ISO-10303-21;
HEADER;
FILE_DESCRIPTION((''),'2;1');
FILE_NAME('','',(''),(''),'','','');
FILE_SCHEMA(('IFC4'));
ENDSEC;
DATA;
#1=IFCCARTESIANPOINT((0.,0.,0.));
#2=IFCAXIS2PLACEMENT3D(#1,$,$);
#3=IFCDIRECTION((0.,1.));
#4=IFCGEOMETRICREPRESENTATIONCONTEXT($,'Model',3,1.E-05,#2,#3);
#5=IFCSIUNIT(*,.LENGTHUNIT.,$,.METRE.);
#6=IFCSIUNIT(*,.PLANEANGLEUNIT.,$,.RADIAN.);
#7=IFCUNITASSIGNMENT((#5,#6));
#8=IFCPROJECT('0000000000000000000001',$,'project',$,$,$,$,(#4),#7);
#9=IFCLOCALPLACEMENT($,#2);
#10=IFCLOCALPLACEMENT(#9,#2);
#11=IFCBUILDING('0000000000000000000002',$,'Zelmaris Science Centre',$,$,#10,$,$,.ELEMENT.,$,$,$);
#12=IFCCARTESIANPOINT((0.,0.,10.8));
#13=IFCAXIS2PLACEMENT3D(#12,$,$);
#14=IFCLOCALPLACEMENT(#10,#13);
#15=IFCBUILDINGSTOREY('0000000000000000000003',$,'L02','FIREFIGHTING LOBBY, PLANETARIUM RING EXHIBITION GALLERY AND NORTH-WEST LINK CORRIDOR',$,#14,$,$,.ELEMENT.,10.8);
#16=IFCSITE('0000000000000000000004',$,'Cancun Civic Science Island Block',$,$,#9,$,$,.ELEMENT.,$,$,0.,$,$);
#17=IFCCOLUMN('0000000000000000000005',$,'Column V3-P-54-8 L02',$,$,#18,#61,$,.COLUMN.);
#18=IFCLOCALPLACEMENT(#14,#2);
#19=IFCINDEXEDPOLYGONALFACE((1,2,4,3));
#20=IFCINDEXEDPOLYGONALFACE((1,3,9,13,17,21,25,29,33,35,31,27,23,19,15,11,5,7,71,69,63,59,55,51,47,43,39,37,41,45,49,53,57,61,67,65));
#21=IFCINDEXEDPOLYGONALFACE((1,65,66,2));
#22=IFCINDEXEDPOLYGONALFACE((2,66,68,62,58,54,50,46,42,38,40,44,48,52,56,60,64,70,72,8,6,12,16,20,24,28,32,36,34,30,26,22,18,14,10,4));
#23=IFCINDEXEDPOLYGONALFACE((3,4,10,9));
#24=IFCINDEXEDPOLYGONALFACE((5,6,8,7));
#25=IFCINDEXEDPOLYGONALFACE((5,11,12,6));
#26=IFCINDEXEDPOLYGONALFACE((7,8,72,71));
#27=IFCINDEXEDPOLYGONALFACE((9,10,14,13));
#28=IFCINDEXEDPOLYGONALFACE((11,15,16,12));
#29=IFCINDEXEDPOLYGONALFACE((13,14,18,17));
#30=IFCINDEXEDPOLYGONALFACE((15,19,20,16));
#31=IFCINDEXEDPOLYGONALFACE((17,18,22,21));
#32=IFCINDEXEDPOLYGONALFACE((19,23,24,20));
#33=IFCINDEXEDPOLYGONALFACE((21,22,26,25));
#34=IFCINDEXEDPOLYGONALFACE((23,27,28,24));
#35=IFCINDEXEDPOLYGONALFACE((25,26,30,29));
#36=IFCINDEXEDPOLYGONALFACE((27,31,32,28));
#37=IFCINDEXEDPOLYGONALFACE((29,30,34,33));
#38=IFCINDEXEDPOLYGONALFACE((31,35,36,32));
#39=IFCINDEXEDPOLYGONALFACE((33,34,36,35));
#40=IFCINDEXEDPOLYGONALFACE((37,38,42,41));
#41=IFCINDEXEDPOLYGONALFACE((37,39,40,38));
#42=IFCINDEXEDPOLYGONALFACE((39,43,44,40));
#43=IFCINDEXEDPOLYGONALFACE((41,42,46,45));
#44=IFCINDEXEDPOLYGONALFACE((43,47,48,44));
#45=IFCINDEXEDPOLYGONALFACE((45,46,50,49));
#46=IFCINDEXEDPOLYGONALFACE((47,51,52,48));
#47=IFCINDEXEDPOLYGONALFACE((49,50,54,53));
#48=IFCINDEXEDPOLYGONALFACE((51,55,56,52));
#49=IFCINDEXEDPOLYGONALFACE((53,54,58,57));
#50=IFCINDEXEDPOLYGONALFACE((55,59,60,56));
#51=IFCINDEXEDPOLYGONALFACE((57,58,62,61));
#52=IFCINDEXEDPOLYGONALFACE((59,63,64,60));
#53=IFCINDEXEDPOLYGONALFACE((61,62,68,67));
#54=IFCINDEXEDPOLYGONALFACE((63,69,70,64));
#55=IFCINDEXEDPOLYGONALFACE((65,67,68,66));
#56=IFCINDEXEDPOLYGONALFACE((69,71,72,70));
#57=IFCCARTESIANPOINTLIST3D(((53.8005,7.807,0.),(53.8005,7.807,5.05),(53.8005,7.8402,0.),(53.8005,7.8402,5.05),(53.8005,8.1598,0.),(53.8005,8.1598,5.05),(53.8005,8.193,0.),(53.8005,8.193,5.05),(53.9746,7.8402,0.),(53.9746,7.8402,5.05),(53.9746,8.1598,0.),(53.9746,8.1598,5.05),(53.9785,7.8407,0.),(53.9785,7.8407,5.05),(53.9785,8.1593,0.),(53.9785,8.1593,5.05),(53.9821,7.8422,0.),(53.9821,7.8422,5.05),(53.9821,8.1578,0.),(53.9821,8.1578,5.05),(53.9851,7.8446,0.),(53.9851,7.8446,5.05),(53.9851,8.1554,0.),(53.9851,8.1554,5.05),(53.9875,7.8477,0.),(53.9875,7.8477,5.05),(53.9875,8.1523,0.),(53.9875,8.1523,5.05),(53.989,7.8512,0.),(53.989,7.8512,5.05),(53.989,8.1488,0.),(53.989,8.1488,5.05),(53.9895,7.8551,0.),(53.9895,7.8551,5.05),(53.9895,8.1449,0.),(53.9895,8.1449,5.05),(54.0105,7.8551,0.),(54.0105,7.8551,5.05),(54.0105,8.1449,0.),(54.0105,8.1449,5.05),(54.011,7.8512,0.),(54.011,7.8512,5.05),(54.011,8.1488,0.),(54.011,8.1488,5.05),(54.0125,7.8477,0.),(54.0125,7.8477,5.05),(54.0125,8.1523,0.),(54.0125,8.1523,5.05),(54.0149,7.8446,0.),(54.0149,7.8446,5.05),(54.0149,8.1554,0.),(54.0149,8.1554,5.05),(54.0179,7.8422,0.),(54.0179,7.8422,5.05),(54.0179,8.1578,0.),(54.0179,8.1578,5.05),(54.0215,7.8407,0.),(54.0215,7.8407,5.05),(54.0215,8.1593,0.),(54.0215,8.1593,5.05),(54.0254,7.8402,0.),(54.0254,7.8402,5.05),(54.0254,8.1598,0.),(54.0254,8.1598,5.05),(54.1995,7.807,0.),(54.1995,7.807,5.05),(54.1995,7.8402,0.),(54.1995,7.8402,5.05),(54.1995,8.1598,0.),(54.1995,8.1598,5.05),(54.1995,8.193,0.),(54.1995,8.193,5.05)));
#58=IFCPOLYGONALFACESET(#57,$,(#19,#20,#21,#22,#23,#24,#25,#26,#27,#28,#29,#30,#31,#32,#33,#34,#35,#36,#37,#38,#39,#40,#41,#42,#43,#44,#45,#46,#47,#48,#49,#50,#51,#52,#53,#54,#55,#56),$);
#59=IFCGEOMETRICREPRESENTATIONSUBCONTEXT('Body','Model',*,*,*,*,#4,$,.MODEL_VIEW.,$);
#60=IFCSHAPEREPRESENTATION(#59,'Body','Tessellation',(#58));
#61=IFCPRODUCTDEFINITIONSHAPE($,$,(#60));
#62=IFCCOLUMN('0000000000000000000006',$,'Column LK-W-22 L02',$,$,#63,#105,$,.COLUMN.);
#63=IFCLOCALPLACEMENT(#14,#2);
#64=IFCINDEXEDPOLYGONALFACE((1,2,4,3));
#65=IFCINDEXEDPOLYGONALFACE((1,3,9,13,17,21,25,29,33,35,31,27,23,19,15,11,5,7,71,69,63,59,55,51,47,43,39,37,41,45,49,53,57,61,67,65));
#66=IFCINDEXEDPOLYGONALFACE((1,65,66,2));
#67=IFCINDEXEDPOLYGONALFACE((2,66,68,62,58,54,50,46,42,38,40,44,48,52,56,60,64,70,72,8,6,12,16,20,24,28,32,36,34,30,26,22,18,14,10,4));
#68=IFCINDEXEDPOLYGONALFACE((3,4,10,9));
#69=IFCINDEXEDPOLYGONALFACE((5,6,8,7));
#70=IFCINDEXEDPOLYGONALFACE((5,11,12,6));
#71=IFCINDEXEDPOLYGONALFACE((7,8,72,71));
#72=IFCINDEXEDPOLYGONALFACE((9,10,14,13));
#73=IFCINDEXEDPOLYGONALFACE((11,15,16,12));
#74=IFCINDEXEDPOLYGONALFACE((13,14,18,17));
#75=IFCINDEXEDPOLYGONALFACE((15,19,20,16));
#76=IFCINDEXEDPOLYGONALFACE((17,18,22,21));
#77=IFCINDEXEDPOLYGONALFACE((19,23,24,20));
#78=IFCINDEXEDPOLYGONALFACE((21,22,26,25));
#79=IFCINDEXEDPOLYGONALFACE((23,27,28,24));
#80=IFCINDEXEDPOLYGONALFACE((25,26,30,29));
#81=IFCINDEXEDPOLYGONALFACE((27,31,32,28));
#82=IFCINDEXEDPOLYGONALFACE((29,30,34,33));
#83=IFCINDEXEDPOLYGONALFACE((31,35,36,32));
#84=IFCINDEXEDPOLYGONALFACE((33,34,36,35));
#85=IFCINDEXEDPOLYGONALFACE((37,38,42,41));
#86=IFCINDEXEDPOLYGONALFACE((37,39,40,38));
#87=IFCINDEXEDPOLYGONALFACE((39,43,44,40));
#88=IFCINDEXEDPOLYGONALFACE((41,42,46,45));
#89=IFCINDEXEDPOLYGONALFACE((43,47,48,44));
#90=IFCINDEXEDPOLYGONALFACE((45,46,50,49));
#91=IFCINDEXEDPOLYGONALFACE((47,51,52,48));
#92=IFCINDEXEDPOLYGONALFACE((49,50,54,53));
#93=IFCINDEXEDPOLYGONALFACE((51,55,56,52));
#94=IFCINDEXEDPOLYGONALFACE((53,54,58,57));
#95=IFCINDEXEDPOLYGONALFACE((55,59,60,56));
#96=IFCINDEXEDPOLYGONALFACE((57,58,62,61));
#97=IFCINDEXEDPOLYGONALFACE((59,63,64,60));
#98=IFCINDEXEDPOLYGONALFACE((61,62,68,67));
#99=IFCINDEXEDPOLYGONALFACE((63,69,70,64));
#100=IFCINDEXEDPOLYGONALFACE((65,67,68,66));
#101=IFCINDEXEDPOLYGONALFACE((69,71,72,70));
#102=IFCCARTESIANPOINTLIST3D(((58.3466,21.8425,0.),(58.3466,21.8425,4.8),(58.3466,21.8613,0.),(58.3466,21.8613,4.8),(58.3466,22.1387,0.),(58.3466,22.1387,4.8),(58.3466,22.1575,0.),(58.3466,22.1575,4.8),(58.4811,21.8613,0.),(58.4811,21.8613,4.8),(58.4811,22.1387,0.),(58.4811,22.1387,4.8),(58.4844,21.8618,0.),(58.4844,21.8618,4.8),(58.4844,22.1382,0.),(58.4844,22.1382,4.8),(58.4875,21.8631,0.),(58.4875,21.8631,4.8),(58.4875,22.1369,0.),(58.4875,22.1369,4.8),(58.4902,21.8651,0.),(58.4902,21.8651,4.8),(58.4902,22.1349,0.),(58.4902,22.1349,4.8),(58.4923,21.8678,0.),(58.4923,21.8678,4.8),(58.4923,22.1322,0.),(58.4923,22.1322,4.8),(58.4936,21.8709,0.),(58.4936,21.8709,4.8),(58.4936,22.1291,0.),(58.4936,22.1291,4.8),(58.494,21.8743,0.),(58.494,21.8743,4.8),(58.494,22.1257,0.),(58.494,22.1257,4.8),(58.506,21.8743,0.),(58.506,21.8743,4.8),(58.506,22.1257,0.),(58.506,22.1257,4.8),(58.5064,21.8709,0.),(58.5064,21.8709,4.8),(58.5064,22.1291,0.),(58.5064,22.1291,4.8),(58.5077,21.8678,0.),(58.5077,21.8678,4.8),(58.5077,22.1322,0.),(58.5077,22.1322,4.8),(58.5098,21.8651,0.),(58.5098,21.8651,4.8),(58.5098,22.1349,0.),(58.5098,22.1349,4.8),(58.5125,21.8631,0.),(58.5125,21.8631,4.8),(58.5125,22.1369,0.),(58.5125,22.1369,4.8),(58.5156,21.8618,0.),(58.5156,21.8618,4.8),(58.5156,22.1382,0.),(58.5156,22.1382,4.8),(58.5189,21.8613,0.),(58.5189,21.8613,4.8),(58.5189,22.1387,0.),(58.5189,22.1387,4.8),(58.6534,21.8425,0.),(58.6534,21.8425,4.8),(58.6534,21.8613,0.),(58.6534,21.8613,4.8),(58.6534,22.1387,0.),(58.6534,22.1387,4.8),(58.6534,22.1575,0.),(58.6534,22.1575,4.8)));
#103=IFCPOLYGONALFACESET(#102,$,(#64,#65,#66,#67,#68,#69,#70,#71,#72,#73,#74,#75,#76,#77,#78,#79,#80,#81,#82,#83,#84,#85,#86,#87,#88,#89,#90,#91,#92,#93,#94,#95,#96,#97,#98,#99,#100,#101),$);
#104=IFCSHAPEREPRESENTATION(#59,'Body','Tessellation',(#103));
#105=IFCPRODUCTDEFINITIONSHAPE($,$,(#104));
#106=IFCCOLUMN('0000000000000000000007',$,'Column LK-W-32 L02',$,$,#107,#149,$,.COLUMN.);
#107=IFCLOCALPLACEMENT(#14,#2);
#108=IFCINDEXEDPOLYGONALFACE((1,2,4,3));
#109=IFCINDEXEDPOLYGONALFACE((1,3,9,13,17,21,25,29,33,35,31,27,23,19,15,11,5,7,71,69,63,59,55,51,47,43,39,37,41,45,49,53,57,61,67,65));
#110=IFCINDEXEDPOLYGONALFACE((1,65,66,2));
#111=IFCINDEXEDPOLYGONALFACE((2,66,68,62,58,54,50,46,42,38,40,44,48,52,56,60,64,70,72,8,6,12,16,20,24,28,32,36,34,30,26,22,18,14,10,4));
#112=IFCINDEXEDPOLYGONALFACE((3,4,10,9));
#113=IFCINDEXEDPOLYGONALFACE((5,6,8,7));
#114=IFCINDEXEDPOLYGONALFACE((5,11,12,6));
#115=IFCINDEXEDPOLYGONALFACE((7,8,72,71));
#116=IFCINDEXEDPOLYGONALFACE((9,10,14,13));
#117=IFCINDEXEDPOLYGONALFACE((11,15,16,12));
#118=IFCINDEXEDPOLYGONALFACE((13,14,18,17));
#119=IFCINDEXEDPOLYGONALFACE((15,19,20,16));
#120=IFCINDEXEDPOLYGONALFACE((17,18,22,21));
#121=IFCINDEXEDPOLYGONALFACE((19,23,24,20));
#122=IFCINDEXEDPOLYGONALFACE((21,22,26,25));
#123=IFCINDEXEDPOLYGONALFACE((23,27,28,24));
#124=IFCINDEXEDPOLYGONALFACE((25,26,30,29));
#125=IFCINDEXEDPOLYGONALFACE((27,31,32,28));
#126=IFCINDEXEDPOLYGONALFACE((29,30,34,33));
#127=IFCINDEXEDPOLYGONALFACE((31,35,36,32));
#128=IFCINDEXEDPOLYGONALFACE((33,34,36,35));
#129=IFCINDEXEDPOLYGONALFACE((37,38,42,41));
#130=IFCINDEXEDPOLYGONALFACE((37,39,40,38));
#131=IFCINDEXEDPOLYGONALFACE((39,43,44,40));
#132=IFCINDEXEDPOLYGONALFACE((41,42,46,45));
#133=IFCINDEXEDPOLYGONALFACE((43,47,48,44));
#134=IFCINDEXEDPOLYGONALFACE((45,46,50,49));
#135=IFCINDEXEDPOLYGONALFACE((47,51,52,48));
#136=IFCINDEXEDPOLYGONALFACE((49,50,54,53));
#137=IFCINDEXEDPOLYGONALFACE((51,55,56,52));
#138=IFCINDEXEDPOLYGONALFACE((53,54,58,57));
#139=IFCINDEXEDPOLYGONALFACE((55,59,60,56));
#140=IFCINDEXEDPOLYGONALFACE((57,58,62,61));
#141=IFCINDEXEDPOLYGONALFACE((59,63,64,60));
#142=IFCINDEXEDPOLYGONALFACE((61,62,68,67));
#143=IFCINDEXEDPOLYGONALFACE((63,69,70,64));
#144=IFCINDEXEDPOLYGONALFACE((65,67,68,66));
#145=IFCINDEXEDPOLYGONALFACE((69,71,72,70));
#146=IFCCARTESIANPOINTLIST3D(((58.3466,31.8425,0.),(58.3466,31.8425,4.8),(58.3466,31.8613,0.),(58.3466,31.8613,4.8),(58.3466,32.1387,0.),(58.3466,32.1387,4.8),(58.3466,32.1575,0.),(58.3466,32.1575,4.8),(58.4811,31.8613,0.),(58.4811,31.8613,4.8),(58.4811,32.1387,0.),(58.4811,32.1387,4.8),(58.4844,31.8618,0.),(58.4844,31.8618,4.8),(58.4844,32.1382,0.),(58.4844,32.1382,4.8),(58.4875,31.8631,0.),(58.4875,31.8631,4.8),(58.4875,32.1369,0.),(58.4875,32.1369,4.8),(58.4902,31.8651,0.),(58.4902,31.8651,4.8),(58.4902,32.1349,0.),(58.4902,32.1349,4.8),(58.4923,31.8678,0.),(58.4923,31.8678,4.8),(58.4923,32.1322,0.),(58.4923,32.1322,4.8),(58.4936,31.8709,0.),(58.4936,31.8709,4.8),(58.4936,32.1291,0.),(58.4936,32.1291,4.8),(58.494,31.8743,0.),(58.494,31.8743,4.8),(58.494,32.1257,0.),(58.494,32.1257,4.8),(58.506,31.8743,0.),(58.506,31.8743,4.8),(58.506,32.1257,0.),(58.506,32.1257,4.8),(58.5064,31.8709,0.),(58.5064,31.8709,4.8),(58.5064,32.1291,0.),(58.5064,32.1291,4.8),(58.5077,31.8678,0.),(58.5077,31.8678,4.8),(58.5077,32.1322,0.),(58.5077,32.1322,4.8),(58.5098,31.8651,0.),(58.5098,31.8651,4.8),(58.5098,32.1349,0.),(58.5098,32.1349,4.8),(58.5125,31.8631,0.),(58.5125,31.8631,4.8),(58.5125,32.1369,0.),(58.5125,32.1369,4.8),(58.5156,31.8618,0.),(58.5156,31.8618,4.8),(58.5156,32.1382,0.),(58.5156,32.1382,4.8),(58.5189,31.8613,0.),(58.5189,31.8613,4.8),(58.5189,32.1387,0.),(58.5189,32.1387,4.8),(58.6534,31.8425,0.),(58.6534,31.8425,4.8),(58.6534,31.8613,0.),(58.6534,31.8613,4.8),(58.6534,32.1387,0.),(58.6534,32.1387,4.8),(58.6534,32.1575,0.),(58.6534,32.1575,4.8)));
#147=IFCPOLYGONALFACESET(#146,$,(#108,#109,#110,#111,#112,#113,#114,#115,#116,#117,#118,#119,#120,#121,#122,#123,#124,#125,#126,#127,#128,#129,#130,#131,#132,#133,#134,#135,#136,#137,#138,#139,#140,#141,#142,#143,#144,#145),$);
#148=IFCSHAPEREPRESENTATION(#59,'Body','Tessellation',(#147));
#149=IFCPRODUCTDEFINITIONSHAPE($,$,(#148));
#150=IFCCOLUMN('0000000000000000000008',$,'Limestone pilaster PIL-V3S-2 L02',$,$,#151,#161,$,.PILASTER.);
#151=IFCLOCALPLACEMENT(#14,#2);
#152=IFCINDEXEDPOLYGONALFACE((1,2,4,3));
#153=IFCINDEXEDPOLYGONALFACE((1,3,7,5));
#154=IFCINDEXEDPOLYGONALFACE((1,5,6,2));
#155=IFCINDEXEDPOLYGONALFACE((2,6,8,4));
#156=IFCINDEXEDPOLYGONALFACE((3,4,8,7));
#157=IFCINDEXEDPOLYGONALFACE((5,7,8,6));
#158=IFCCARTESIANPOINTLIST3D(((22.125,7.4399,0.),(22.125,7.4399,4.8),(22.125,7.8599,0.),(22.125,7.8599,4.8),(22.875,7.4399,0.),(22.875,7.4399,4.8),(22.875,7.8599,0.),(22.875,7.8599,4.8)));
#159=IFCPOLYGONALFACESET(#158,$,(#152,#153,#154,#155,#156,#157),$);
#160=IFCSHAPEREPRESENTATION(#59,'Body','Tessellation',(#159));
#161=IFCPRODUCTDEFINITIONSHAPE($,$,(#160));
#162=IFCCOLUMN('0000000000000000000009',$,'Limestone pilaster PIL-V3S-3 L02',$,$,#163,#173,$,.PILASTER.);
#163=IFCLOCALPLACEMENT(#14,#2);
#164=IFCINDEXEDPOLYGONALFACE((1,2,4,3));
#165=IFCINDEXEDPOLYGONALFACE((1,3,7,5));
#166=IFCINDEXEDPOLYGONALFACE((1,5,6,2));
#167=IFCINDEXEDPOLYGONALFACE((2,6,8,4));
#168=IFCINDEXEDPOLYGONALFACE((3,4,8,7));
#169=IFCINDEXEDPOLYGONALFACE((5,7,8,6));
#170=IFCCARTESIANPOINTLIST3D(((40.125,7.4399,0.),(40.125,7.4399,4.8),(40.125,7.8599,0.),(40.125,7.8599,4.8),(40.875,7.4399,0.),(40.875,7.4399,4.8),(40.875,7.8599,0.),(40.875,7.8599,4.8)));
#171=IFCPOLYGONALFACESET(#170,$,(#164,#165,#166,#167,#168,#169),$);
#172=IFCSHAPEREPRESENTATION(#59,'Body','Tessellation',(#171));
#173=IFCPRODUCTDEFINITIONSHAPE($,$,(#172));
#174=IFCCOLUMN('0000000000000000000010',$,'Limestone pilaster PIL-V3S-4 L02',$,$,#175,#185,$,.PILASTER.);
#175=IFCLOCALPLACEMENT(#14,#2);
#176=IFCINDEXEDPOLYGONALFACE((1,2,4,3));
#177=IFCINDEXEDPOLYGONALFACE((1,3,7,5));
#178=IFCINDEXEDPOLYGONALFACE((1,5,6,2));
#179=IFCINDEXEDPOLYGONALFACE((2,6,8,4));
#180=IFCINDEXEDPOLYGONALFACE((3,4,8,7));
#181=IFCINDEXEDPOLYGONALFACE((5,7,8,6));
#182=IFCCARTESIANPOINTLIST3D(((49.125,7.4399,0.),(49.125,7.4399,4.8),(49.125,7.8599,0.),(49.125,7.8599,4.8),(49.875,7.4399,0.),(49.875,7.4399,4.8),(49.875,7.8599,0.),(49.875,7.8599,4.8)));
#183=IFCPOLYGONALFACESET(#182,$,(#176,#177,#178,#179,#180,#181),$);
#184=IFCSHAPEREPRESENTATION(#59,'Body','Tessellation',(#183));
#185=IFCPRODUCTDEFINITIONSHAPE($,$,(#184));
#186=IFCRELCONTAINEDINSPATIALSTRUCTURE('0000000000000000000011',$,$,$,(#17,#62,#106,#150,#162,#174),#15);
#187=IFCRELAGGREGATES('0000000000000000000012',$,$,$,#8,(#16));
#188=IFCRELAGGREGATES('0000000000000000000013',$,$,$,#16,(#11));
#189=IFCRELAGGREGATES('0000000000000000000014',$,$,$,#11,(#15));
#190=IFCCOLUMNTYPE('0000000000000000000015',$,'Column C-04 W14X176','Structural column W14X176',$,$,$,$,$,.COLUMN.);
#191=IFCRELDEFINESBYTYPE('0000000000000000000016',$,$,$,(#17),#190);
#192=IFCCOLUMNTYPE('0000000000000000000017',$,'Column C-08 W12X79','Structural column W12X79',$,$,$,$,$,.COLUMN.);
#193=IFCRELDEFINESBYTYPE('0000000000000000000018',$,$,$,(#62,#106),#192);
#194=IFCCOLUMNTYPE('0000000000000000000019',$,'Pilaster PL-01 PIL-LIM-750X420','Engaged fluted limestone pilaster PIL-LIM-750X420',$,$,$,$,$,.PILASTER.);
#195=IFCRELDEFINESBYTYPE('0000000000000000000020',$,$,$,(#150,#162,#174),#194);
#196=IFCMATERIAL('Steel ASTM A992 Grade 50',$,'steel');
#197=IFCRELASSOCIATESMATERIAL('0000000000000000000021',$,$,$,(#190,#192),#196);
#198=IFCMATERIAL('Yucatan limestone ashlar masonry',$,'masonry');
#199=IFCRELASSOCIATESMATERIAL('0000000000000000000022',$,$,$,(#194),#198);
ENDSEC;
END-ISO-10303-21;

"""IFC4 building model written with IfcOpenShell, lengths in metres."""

from ifc_helpers import new_model, si_unit, direction, frame, origin, origin_2d, place, context, subcontext, project, spatial, rectangle, i_section, extrude, material, material_profile, profile_set, type_object, element, save


model = new_model("IFC4")

# Units and contexts
model_context = context("Model", 3, precision=1e-05, world=origin(), true_north=direction((0.0, 1.0)))
body_context = subcontext(model_context, "Body", "Model", "MODEL_VIEW")
ifc_project = project(units=[si_unit("LENGTHUNIT", "METRE"), si_unit("PLANEANGLEUNIT", "RADIAN")], contexts=[model_context])

# Site, building, storey
site_placement = place(None, origin())
site = spatial("IfcSite", under=ifc_project, at=site_placement, Name="Cancun Civic Science Island Block", CompositionType="ELEMENT", RefElevation=0.0)
building_placement = place(site_placement, origin())
building = spatial("IfcBuilding", under=site, at=building_placement, Name="Zelmaris Science Centre", CompositionType="ELEMENT")
storey_placement = place(building_placement, frame((0.0, 0.0, 10.8)))
storey = spatial("IfcBuildingStorey", under=building, at=storey_placement, Name="L02", Description="FIREFIGHTING LOBBY, PLANETARIUM RING EXHIBITION GALLERY AND NORTH-WEST LINK CORRIDOR", CompositionType="ELEMENT", Elevation=10.8)

# Columns
ifc_material_1 = material(Name="Steel ASTM A992 Grade 50", Category="steel")
ifc_material_profile_1 = material_profile(ifc_material_1, i_section(OverallWidth=0.3989, OverallDepth=0.386, WebThickness=0.021, FlangeThickness=0.0332, FilletRadius=0.0149, at=origin_2d()), Name="W14X176")
ifc_profile_set_1 = profile_set([ifc_material_profile_1], Name="Steel ASTM A992 Grade 50")
column_type_1 = type_object("IfcColumnType", Name="Column C-04 W14X176", Description="Structural column W14X176", PredefinedType="COLUMN", material=ifc_profile_set_1)
column_placement = place(storey_placement, frame((54.0, 8.0, 0.0), z_axis=(0.0, 0.0, 1.0), x_axis=(1.0, 0.0, 0.0)))
element("IfcColumn", 1, at=column_placement, inside=storey, type_object=column_type_1, Name="Column V3-P-54-8 L02", PredefinedType="COLUMN", context=body_context, shape_type="SweptSolid", body=[
    extrude(i_section(OverallWidth=0.3989, OverallDepth=0.386, WebThickness=0.021, FlangeThickness=0.0332, FilletRadius=0.0149, at=origin_2d()), origin(), (0.0, 0.0, 1.0), 5.05),
])
ifc_material_profile_2 = material_profile(ifc_material_1, i_section(OverallWidth=0.3069, OverallDepth=0.3149, WebThickness=0.012, FlangeThickness=0.0188, FilletRadius=0.0129, at=origin_2d()), Name="W12X79")
ifc_profile_set_2 = profile_set([ifc_material_profile_2], Name="Steel ASTM A992 Grade 50")
column_type_2 = type_object("IfcColumnType", Name="Column C-08 W12X79", Description="Structural column W12X79", PredefinedType="COLUMN", material=ifc_profile_set_2)
for number, where, z_axis, x_axis, name in (
    (2, (58.5, 22.0, 0.0), (0.0, 0.0, 1.0), (1.0, 0.0, 0.0), "Column LK-W-22 L02"),
    (3, (58.5, 32.0, 0.0), (0.0, 0.0, 1.0), (1.0, 0.0, 0.0), "Column LK-W-32 L02"),
):
    element("IfcColumn", number, at=place(storey_placement, frame(where, z_axis=z_axis, x_axis=x_axis)), inside=storey, type_object=column_type_2, Name=name, PredefinedType="COLUMN", context=body_context, shape_type="SweptSolid", body=[
        extrude(i_section(OverallWidth=0.3069, OverallDepth=0.3149, WebThickness=0.012, FlangeThickness=0.0188, FilletRadius=0.0129, at=origin_2d()), origin(), (0.0, 0.0, 1.0), 4.8),
    ])
ifc_material_2 = material(Name="Yucatan limestone ashlar masonry", Category="masonry")
ifc_material_profile_3 = material_profile(ifc_material_2, rectangle(XDim=0.75, YDim=0.4199, at=origin_2d()), Name="PIL-LIM-750X420")
ifc_profile_set_3 = profile_set([ifc_material_profile_3], Name="Yucatan limestone ashlar masonry")
column_type_3 = type_object("IfcColumnType", Name="Pilaster PL-01 PIL-LIM-750X420", Description="Engaged fluted limestone pilaster PIL-LIM-750X420", PredefinedType="PILASTER", material=ifc_profile_set_3)
for number, where, z_axis, x_axis, name in (
    (4, (22.5, 7.6499, 0.0), (0.0, 0.0, 1.0), (1.0, 0.0, 0.0), "Limestone pilaster PIL-V3S-2 L02"),
    (5, (40.5, 7.6499, 0.0), (0.0, 0.0, 1.0), (1.0, 0.0, 0.0), "Limestone pilaster PIL-V3S-3 L02"),
    (6, (49.5, 7.6499, 0.0), (0.0, 0.0, 1.0), (1.0, 0.0, 0.0), "Limestone pilaster PIL-V3S-4 L02"),
):
    element("IfcColumn", number, at=place(storey_placement, frame(where, z_axis=z_axis, x_axis=x_axis)), inside=storey, type_object=column_type_3, Name=name, PredefinedType="PILASTER", context=body_context, shape_type="SweptSolid", body=[
        extrude(rectangle(XDim=0.75, YDim=0.4199, at=origin_2d()), origin(), (0.0, 0.0, 1.0), 4.8),
    ])

save(model, "model.ifc")
